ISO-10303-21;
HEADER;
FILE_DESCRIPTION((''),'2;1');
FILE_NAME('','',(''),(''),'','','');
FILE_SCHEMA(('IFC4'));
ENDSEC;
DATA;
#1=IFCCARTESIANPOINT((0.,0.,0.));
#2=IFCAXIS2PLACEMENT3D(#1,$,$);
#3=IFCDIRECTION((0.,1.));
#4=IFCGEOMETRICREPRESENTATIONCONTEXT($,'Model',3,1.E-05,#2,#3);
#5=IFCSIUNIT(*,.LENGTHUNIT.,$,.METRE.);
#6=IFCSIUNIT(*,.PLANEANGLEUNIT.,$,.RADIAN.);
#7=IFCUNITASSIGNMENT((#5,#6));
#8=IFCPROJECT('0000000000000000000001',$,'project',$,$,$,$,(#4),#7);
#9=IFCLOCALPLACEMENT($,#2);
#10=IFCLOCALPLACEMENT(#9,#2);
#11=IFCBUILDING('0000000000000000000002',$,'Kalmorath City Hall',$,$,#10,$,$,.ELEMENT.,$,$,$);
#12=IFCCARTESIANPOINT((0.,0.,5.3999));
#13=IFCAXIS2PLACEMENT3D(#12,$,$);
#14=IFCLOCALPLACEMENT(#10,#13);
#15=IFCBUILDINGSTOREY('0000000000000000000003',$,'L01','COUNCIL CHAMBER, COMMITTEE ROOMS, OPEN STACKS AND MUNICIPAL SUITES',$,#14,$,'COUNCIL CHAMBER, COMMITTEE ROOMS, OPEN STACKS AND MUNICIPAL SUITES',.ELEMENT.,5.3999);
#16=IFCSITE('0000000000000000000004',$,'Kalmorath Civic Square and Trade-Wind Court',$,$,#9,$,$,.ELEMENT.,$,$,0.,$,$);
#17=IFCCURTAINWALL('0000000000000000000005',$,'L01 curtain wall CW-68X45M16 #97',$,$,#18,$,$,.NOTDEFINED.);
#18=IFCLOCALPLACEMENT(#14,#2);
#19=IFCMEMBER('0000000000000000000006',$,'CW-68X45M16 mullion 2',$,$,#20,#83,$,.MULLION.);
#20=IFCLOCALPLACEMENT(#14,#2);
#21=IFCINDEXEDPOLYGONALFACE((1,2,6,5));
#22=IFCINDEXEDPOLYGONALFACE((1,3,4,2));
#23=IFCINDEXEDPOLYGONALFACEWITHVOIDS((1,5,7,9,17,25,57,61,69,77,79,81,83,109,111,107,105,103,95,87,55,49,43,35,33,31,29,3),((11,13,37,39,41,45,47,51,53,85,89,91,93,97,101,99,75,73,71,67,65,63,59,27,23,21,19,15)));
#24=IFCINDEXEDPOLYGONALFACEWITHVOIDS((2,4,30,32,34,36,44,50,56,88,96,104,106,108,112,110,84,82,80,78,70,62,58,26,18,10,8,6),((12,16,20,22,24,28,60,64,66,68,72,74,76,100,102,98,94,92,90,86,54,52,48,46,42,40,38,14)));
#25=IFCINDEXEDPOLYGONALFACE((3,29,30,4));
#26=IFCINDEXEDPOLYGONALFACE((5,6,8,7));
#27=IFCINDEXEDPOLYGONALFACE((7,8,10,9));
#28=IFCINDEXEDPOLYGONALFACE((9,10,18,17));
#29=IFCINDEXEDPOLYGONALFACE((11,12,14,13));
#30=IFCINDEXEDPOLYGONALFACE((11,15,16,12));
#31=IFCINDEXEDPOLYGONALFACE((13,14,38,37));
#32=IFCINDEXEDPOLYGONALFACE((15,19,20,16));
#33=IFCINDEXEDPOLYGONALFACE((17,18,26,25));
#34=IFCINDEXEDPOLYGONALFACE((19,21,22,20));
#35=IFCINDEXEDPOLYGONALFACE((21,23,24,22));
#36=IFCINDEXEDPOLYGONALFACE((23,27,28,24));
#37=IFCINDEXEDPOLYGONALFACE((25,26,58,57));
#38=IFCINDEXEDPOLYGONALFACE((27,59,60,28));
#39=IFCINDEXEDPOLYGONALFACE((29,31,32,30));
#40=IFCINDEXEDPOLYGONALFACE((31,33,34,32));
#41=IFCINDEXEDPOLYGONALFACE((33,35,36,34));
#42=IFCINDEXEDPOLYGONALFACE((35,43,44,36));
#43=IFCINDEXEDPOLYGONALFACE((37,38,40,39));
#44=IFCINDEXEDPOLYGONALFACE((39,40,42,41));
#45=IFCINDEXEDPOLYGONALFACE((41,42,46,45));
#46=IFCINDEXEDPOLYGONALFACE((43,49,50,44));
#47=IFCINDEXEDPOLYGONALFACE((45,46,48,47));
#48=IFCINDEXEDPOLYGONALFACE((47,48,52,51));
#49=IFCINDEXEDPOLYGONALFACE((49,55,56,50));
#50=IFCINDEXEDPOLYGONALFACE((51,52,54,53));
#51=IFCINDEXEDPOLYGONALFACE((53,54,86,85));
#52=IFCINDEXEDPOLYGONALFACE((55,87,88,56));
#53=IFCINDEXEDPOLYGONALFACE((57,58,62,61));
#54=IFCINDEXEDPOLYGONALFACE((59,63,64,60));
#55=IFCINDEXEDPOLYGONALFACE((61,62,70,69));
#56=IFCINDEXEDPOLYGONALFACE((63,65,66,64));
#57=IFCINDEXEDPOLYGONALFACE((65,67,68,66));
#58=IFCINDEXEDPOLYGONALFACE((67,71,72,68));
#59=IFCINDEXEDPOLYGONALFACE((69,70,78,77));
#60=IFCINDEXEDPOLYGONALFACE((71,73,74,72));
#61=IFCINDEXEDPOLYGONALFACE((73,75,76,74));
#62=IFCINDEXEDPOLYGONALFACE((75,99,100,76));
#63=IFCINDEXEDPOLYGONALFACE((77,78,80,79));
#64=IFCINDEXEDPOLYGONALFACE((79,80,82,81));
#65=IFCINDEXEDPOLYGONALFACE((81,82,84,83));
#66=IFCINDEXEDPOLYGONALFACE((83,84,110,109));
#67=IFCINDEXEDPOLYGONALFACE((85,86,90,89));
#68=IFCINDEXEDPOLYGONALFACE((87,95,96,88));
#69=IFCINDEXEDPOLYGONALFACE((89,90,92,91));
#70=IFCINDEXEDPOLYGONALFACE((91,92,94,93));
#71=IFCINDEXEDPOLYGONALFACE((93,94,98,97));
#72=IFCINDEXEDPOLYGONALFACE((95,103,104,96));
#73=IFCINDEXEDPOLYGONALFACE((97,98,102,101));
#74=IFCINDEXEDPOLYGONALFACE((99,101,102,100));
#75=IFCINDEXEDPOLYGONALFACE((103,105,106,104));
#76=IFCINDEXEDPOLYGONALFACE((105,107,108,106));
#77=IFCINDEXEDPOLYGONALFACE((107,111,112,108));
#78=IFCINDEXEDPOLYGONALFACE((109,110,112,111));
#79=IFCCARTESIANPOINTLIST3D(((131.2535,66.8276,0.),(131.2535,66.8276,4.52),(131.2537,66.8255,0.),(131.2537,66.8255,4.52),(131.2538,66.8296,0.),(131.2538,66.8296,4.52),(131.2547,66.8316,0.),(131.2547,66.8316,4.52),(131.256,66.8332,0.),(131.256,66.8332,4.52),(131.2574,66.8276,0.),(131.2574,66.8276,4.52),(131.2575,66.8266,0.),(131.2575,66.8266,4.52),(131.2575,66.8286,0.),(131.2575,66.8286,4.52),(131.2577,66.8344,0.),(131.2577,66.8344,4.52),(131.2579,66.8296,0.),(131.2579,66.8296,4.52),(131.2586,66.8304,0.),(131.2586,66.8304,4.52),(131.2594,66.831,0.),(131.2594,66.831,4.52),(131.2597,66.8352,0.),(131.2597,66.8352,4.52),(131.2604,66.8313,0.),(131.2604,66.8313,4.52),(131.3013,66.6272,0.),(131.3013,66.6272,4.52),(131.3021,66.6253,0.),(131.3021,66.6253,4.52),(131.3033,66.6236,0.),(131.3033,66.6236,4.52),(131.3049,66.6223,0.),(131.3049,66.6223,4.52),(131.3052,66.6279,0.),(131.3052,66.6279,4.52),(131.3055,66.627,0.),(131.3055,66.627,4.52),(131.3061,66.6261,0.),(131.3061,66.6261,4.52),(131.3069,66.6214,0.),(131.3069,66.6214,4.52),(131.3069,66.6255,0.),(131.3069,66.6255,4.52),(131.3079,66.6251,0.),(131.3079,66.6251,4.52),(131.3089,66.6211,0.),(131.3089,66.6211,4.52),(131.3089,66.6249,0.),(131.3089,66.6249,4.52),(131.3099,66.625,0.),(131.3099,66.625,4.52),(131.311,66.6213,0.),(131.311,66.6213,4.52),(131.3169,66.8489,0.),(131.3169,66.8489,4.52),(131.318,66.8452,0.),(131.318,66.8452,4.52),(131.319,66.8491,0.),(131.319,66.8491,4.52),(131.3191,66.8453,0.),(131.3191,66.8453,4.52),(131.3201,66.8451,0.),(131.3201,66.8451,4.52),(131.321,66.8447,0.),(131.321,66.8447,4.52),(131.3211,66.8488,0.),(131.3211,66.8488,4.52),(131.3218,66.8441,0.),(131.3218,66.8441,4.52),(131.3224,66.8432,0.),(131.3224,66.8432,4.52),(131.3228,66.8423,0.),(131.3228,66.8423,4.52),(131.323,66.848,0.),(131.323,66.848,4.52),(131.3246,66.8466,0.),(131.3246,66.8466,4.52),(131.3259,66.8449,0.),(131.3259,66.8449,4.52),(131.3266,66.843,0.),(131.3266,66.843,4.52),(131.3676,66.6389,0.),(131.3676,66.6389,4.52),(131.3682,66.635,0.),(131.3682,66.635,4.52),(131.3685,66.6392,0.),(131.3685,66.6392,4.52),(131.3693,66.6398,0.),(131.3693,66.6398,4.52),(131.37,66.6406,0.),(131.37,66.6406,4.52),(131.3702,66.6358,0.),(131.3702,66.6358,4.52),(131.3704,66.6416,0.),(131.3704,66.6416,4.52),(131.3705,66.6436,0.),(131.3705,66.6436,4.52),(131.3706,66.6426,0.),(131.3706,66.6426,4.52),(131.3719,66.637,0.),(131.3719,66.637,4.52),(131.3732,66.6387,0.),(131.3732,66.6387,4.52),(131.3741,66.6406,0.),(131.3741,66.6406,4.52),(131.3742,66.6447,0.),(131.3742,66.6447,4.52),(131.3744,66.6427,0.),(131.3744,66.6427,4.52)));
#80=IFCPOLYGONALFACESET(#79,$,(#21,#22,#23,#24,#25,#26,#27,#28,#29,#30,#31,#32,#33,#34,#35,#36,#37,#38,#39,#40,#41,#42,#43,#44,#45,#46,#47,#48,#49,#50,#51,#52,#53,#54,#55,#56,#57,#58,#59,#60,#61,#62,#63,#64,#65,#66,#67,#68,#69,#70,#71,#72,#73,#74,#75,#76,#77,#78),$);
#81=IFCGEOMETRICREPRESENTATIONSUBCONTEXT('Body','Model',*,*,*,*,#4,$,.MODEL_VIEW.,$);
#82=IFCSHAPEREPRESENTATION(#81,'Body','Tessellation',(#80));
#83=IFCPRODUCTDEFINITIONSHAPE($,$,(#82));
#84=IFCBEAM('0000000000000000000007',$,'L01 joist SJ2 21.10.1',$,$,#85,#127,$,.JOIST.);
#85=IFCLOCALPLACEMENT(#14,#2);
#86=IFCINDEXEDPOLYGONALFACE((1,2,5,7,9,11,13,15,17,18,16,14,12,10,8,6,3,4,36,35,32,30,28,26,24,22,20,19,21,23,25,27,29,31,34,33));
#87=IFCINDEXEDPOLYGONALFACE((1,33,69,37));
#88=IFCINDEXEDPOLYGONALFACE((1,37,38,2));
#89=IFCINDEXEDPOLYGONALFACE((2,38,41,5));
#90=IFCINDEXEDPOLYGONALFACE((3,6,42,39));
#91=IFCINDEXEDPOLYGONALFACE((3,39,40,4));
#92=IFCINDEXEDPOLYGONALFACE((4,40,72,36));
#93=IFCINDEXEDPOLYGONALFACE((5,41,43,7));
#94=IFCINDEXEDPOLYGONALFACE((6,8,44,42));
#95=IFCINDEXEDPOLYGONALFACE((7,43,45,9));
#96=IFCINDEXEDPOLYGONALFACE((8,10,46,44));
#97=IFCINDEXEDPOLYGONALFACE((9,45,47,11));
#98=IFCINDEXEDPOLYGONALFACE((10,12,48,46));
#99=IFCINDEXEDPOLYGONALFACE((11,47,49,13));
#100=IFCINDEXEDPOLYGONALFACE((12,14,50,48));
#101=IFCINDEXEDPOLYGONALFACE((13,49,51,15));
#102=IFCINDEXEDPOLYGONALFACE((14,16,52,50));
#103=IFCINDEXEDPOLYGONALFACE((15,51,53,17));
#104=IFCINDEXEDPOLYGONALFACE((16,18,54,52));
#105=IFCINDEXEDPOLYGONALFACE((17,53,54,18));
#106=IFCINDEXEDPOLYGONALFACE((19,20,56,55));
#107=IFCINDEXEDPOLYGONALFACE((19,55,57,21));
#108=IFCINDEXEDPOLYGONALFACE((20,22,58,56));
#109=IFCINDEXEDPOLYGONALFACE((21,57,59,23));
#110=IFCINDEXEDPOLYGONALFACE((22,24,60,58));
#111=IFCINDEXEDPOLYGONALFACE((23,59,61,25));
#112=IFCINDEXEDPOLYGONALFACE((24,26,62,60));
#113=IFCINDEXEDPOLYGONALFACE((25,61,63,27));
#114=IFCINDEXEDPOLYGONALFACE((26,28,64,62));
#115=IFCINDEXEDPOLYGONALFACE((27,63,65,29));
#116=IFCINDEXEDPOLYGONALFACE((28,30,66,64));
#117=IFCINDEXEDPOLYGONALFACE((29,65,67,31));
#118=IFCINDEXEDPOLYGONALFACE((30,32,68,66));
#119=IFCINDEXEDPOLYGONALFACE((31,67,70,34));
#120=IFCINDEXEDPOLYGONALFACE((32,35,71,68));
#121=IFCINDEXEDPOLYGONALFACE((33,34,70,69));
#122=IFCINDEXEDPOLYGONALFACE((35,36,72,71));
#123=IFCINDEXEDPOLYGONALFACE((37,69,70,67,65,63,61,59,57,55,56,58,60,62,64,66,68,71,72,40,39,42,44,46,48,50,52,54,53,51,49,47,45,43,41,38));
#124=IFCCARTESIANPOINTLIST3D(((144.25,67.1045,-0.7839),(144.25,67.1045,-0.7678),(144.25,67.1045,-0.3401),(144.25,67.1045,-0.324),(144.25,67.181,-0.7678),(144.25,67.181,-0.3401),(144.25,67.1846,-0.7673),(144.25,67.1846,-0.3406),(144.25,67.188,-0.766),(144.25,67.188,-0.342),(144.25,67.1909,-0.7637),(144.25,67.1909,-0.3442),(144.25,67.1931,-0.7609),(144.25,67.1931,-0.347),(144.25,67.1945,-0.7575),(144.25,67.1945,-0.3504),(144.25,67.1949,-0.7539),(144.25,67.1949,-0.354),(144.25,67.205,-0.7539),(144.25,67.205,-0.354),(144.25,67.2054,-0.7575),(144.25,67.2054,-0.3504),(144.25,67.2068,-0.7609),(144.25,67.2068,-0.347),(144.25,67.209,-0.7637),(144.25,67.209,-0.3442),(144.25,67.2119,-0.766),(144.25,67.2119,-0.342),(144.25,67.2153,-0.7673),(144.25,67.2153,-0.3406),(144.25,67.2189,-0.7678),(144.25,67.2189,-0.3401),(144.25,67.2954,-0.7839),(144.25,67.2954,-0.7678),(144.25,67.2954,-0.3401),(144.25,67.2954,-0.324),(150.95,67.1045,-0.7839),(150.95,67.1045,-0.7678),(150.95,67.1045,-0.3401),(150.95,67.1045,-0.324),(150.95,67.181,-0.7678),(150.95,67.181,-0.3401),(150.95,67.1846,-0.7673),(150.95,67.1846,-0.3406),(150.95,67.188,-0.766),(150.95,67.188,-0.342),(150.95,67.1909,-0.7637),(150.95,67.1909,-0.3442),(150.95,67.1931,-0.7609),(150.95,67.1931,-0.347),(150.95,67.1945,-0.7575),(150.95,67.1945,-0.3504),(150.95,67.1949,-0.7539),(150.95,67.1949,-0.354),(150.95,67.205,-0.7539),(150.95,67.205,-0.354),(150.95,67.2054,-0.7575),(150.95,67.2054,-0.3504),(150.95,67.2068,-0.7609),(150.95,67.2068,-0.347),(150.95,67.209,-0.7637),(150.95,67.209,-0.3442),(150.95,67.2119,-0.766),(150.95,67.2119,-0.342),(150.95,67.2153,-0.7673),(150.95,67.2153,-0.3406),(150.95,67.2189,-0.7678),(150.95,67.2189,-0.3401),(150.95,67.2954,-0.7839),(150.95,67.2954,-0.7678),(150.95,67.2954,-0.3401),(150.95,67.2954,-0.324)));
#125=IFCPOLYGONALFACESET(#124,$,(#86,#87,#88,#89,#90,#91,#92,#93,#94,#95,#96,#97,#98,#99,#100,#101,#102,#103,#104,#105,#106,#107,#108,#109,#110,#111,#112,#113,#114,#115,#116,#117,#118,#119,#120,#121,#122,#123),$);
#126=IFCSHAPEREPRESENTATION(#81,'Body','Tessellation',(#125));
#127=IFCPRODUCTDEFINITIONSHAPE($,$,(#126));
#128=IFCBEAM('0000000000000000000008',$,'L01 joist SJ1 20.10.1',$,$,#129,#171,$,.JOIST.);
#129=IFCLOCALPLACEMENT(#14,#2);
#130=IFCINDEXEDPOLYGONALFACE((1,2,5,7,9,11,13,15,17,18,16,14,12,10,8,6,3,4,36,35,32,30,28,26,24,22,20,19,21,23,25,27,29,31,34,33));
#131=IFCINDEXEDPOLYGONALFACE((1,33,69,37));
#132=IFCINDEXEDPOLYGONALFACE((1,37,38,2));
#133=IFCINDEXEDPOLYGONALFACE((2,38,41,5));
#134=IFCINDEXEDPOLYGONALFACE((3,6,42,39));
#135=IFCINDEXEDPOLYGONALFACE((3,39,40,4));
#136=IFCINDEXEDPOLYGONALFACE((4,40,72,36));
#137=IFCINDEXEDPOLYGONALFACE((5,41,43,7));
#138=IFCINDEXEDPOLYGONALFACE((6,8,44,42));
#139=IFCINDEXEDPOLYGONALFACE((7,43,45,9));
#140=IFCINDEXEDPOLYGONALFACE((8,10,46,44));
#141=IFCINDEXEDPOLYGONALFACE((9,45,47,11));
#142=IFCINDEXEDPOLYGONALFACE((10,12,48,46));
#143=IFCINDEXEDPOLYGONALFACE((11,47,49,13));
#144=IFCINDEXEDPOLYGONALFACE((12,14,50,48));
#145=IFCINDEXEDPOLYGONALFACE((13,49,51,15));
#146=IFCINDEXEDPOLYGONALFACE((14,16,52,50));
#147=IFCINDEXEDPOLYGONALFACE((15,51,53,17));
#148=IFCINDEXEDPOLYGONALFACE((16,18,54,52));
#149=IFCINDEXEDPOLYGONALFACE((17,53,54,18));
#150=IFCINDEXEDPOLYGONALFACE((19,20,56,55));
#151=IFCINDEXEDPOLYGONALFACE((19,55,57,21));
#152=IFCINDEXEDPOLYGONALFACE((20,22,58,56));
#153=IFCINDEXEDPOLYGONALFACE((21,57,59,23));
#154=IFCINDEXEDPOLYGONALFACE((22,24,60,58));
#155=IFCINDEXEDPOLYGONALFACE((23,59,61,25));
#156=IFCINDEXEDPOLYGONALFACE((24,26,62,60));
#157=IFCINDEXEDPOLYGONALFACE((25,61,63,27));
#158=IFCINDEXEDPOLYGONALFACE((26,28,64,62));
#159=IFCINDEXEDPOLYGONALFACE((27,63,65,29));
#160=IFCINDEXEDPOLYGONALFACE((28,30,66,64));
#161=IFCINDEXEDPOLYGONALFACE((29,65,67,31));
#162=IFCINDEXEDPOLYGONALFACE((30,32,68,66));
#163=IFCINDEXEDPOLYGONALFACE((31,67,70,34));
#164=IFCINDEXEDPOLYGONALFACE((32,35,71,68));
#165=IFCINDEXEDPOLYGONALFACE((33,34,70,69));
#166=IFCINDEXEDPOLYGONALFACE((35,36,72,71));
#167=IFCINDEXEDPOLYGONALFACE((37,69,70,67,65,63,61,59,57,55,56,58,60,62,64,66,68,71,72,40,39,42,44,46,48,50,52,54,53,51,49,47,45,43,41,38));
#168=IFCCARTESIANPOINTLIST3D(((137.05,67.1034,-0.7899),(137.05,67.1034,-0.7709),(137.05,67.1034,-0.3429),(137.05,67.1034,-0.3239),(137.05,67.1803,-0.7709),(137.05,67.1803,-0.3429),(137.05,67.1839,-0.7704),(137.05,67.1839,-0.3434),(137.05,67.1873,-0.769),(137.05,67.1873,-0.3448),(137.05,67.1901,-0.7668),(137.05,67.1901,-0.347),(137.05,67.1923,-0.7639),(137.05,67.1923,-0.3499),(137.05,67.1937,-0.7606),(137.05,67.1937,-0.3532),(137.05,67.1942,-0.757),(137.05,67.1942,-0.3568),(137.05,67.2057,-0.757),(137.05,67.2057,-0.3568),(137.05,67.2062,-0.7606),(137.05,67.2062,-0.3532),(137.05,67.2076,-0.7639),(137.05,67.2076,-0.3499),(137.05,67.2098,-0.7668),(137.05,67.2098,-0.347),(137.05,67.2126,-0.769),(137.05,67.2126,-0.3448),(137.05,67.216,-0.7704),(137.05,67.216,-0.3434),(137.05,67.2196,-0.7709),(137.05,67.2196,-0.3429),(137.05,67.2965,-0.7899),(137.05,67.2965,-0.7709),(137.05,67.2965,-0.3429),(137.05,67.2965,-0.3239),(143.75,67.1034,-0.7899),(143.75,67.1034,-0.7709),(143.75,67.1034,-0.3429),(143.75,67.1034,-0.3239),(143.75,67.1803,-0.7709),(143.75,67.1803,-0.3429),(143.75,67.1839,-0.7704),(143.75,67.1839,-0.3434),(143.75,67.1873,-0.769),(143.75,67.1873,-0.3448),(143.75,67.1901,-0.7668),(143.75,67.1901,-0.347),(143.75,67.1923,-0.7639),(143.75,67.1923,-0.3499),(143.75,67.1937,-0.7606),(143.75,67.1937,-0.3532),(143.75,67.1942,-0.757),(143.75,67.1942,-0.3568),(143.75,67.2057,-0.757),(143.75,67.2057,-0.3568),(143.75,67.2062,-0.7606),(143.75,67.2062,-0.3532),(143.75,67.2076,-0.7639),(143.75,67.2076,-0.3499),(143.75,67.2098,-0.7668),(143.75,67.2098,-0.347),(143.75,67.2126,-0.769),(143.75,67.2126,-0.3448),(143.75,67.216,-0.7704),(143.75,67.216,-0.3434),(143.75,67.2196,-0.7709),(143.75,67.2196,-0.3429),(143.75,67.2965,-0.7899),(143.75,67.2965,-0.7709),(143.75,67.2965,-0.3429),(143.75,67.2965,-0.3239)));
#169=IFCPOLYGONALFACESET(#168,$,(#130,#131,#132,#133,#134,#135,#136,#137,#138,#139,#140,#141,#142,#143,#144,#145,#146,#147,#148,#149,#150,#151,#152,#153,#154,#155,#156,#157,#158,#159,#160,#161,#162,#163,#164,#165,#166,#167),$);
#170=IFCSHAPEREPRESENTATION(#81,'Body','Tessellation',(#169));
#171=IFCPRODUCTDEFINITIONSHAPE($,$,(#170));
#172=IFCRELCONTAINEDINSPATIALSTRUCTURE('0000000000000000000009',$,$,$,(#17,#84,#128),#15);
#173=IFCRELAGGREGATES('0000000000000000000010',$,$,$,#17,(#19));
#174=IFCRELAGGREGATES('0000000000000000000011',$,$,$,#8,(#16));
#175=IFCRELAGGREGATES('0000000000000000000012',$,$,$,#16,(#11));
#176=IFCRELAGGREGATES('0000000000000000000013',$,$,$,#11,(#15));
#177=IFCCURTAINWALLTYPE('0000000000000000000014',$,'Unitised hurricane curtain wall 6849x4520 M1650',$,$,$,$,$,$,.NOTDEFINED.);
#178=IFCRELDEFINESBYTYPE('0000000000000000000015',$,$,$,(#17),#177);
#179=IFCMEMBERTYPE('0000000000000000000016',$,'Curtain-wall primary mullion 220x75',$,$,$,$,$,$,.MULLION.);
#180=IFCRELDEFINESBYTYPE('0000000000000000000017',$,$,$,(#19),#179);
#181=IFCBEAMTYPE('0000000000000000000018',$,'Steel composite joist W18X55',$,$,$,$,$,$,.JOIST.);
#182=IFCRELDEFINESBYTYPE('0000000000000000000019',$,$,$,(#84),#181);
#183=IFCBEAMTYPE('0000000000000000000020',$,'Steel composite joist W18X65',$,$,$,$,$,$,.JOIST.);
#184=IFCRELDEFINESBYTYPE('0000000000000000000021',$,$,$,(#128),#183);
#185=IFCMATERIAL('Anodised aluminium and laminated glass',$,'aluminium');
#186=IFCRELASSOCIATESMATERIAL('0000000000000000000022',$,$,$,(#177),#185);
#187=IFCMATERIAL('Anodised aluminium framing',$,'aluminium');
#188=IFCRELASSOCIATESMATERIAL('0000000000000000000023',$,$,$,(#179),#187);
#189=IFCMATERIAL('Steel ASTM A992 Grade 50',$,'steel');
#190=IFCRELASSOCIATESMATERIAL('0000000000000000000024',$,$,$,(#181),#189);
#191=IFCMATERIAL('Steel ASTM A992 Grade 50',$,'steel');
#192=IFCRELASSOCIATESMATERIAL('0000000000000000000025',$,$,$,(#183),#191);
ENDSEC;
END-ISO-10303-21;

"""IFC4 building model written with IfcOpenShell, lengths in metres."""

from ifc_helpers import new_model, si_unit, direction, frame, origin, origin_2d, place, context, subcontext, project, spatial, hollow_rectangle, i_section, extrude, material, material_profile, profile_set, type_object, element, aggregate, save


model = new_model("IFC4")

# Units and contexts
model_context = context("Model", 3, precision=1e-05, world=origin(), true_north=direction((0.0, 1.0)))
body_context = subcontext(model_context, "Body", "Model", "MODEL_VIEW")
ifc_project = project(units=[si_unit("LENGTHUNIT", "METRE"), si_unit("PLANEANGLEUNIT", "RADIAN")], contexts=[model_context])

# Site, building, storey
site_placement = place(None, origin())
site = spatial("IfcSite", under=ifc_project, at=site_placement, Name="Kalmorath Civic Square and Trade-Wind Court", CompositionType="ELEMENT", RefElevation=0.0)
building_placement = place(site_placement, origin())
building = spatial("IfcBuilding", under=site, at=building_placement, Name="Kalmorath City Hall", CompositionType="ELEMENT")
storey_placement = place(building_placement, frame((0.0, 0.0, 5.3999)))
storey = spatial("IfcBuildingStorey", under=building, at=storey_placement, Name="L01", Description="COUNCIL CHAMBER, COMMITTEE ROOMS, OPEN STACKS AND MUNICIPAL SUITES", LongName="COUNCIL CHAMBER, COMMITTEE ROOMS, OPEN STACKS AND MUNICIPAL SUITES", CompositionType="ELEMENT", Elevation=5.3999)

# Curtain wall
ifc_material_1 = material(Name="Anodised aluminium and laminated glass", Category="aluminium")
curtain_wall_type = type_object("IfcCurtainWallType", Name="Unitised hurricane curtain wall 6849x4520 M1650", PredefinedType="NOTDEFINED", material=ifc_material_1)
curtain_wall_1_placement = place(storey_placement, origin())
curtain_wall_1 = element("IfcCurtainWall", 1, at=curtain_wall_1_placement, inside=storey, type_object=curtain_wall_type, Name="L01 curtain wall CW-68X45M16 #97", PredefinedType="NOTDEFINED")

# Shared definitions
ifc_material_2 = material(Name="Anodised aluminium framing", Category="aluminium")
ifc_material_profile_1 = material_profile(ifc_material_2, hollow_rectangle(XDim=0.075, YDim=0.22, WallThickness=0.0039, InnerFilletRadius=0.0039, OuterFilletRadius=0.0081, at=origin_2d()), Name="ALU-MUL-220X75X4")
ifc_profile_set_1 = profile_set([ifc_material_profile_1], Name="Anodised aluminium framing")
member_type_1 = type_object("IfcMemberType", Name="Curtain-wall primary mullion 220x75", PredefinedType="MULLION", material=ifc_profile_set_1)

# Member
member_1_placement = place(storey_placement, frame((131.314, 66.7351, 0.0), z_axis=(0.0, 0.0, 1.0), x_axis=(-0.972371, -0.233442, 0.0)))
member_1 = element("IfcMember", 2, at=member_1_placement, type_object=member_type_1, Name="CW-68X45M16 mullion 2", PredefinedType="MULLION", context=body_context, shape_type="SweptSolid", body=[
    extrude(hollow_rectangle(XDim=0.075, YDim=0.22, WallThickness=0.0039, InnerFilletRadius=0.0039, OuterFilletRadius=0.0081, at=origin_2d()), origin(), (0.0, 0.0, 1.0), 4.52),
])

# Beams
ifc_material_3 = material(Name="Steel ASTM A992 Grade 50", Category="steel")
ifc_material_profile_2 = material_profile(ifc_material_3, i_section(OverallWidth=0.1909, OverallDepth=0.46, WebThickness=0.01, FlangeThickness=0.0161, FilletRadius=0.0139, at=origin_2d()), Name="W18X55")
ifc_profile_set_2 = profile_set([ifc_material_profile_2], Name="Steel ASTM A992 Grade 50")
beam_type_1 = type_object("IfcBeamType", Name="Steel composite joist W18X55", PredefinedType="JOIST", material=ifc_profile_set_2)
beam_1_placement = place(storey_placement, frame((144.25, 67.2, -0.554), z_axis=(1.0, 0.0, 0.0), x_axis=(0.0, 1.0, 0.0)))
element("IfcBeam", 3, at=beam_1_placement, inside=storey, type_object=beam_type_1, Name="L01 joist SJ2 21.10.1", PredefinedType="JOIST", context=body_context, shape_type="SweptSolid", body=[
    extrude(i_section(OverallWidth=0.1909, OverallDepth=0.46, WebThickness=0.01, FlangeThickness=0.0161, FilletRadius=0.0139, at=origin_2d()), origin(), (0.0, 0.0, 1.0), 6.7),
])
ifc_material_4 = material(Name="Steel ASTM A992 Grade 50", Category="steel")
ifc_material_profile_3 = material_profile(ifc_material_4, i_section(OverallWidth=0.1931, OverallDepth=0.4661, WebThickness=0.0115, FlangeThickness=0.019, FilletRadius=0.0139, at=origin_2d()), Name="W18X65")
ifc_profile_set_3 = profile_set([ifc_material_profile_3], Name="Steel ASTM A992 Grade 50")
beam_type_2 = type_object("IfcBeamType", Name="Steel composite joist W18X65", PredefinedType="JOIST", material=ifc_profile_set_3)
beam_2_placement = place(storey_placement, frame((137.05, 67.2, -0.5569), z_axis=(1.0, 0.0, 0.0), x_axis=(0.0, 1.0, 0.0)))
element("IfcBeam", 4, at=beam_2_placement, inside=storey, type_object=beam_type_2, Name="L01 joist SJ1 20.10.1", PredefinedType="JOIST", context=body_context, shape_type="SweptSolid", body=[
    extrude(i_section(OverallWidth=0.1931, OverallDepth=0.4661, WebThickness=0.0115, FlangeThickness=0.019, FilletRadius=0.0139, at=origin_2d()), origin(), (0.0, 0.0, 1.0), 6.7),
])

aggregate(curtain_wall_1, [member_1])

save(model, "model.ifc")
